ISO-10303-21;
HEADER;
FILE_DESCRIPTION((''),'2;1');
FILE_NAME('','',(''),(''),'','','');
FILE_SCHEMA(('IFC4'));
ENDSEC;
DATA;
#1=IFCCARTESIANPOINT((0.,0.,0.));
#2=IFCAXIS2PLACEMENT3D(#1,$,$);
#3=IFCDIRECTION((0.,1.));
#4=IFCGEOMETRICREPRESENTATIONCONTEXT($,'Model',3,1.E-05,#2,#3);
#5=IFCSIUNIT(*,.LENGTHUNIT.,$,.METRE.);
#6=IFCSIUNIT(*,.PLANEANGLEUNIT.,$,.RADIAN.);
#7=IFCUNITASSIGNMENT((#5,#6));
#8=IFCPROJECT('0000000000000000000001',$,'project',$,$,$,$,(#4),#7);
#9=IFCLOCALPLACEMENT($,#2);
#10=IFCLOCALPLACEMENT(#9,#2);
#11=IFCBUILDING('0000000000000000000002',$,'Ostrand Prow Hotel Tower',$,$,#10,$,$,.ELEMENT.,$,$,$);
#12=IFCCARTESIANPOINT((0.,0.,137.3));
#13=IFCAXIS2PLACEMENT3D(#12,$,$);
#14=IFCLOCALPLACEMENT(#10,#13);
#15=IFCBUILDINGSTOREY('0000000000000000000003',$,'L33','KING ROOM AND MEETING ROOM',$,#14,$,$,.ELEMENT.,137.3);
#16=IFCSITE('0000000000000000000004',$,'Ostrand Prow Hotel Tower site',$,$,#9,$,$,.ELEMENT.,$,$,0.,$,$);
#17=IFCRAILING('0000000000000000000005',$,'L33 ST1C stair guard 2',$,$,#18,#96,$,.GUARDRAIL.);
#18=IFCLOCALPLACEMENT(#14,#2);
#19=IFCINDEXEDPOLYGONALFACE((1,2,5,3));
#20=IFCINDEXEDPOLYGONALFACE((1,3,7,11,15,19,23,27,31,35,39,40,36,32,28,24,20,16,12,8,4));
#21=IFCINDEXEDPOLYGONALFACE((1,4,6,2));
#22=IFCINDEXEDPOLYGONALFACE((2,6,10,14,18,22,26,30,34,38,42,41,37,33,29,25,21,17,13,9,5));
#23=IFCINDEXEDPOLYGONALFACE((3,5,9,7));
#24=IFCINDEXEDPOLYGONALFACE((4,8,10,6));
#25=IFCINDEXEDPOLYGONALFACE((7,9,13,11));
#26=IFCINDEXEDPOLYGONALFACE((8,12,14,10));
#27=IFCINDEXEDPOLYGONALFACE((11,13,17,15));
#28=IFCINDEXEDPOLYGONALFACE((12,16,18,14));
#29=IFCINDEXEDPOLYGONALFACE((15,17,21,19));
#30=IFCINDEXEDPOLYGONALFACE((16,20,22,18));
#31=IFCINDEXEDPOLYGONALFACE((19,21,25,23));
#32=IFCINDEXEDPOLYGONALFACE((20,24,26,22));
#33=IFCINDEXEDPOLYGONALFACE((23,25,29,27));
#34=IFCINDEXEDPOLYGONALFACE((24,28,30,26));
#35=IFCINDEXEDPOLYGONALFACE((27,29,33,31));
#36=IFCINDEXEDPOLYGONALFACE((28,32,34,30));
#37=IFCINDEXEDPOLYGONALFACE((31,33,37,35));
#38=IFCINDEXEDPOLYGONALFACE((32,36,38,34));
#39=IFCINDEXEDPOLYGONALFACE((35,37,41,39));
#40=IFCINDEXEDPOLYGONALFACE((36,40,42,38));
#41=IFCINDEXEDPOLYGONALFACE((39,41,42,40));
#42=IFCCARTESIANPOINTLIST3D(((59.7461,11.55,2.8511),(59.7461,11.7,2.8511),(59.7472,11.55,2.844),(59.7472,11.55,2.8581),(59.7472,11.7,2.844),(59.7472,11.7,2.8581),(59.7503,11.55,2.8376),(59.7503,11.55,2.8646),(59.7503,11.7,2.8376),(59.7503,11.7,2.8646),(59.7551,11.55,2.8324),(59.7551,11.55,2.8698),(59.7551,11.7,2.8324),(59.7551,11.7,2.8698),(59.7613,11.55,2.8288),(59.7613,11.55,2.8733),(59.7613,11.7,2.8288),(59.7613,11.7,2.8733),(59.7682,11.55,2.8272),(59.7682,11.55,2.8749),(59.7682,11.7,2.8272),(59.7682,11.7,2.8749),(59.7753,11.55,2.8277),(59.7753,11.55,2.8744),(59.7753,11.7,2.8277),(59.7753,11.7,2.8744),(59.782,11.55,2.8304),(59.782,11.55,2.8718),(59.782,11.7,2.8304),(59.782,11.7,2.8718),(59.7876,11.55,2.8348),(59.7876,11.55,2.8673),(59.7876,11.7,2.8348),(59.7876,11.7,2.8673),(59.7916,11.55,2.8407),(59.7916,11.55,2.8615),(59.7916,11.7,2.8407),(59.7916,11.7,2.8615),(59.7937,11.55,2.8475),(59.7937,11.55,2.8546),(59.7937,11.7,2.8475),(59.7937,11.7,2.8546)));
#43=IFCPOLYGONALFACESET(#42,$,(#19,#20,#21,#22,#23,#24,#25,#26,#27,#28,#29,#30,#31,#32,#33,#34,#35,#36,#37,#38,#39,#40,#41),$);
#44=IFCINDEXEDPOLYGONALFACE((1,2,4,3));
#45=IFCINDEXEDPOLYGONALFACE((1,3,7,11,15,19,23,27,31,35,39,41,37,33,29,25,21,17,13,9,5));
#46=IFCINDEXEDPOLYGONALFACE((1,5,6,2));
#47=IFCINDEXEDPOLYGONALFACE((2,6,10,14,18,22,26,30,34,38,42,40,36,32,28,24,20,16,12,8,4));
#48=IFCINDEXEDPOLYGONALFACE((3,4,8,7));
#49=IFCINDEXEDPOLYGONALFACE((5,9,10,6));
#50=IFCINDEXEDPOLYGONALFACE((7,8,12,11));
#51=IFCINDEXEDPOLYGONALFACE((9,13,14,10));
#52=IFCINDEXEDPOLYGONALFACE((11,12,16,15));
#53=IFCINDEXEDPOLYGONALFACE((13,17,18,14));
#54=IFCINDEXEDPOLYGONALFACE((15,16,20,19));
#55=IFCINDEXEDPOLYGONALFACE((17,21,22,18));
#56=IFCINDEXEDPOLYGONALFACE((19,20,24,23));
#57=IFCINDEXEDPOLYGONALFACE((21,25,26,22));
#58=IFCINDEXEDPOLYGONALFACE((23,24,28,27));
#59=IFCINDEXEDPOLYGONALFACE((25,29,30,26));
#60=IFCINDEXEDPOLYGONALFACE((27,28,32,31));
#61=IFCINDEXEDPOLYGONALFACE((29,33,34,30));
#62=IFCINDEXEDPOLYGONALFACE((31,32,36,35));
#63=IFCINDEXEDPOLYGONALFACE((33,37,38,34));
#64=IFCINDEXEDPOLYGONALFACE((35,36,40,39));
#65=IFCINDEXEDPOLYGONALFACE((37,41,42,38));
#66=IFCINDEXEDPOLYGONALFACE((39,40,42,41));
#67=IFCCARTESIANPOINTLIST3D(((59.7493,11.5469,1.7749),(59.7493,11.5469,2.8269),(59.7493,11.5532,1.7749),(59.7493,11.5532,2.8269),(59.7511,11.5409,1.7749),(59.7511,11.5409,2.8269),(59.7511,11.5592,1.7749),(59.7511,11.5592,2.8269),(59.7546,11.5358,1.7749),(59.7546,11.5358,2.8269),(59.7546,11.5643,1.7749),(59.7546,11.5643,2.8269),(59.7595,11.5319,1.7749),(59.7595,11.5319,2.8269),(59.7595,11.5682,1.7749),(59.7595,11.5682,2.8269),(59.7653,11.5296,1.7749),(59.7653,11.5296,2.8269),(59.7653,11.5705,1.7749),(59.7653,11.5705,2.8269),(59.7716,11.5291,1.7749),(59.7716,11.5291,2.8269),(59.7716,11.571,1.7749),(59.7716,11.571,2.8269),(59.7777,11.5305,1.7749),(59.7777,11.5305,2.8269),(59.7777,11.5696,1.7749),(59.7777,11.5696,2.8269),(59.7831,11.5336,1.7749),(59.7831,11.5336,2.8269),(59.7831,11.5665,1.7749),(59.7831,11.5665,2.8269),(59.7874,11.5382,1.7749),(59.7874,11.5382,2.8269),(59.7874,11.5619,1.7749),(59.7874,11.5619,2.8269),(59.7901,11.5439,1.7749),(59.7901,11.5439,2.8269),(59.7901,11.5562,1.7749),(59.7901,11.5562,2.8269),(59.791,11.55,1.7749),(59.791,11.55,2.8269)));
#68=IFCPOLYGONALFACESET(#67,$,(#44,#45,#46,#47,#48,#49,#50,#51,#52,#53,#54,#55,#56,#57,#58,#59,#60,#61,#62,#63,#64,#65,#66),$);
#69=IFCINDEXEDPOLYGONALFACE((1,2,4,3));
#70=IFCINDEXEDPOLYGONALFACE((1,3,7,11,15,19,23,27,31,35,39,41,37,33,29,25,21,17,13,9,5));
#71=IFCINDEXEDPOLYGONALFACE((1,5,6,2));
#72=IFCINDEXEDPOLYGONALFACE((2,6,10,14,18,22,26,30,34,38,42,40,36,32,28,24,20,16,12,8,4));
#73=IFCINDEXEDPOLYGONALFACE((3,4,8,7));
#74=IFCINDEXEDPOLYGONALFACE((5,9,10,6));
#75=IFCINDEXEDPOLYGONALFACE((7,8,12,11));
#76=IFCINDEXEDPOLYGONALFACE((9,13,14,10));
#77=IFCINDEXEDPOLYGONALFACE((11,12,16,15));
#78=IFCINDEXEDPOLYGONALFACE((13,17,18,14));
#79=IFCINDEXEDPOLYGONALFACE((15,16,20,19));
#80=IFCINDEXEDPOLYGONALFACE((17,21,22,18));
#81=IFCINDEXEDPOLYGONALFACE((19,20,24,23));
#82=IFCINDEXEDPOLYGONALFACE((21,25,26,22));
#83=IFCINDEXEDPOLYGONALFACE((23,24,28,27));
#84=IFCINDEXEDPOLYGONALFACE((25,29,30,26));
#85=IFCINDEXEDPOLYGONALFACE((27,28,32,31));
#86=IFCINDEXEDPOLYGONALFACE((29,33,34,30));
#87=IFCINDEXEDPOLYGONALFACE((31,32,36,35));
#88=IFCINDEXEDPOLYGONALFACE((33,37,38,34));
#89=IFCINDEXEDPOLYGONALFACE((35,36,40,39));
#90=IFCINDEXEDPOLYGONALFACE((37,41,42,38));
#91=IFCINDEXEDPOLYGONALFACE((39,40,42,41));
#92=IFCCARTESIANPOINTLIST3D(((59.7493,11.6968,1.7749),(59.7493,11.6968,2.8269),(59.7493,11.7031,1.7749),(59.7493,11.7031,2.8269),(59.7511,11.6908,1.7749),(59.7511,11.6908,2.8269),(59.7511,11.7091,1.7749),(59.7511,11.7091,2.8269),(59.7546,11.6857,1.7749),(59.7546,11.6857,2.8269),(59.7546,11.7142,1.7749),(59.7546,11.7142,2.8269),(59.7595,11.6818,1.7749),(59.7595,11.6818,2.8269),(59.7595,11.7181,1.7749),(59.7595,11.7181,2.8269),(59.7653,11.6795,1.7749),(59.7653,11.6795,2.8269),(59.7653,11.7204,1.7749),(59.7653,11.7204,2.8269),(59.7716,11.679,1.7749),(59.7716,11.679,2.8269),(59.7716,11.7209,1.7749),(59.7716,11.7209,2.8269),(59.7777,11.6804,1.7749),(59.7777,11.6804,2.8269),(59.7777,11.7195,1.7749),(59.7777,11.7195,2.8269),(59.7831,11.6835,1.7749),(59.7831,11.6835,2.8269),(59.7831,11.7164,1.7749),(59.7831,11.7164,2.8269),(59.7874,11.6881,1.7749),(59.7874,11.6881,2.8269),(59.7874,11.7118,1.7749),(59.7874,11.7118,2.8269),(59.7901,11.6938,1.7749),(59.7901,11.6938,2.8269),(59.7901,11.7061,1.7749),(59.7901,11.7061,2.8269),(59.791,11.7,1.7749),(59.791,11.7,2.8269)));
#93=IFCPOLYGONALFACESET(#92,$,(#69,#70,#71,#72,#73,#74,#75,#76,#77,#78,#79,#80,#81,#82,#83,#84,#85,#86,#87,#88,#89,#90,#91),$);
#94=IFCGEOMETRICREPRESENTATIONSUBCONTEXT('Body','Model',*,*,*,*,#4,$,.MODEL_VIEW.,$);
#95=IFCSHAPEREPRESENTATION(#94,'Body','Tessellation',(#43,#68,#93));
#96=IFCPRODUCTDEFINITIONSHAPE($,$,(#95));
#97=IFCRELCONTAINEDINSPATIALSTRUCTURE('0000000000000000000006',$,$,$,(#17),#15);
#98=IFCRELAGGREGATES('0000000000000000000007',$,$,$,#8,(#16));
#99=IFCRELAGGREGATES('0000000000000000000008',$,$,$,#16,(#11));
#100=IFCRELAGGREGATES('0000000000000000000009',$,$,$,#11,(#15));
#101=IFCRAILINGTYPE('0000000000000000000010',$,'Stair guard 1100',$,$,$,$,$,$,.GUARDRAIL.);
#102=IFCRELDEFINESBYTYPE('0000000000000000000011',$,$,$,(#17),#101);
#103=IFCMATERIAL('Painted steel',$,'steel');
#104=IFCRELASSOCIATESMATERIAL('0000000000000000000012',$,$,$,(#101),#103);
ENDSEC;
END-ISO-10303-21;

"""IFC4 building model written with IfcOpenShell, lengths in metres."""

from ifc_helpers import new_model, si_unit, direction, frame, origin, origin_2d, place, context, subcontext, project, spatial, circle, extrude, material, type_object, element, save


model = new_model("IFC4")

# Units and contexts
model_context = context("Model", 3, precision=1e-05, world=origin(), true_north=direction((0.0, 1.0)))
body_context = subcontext(model_context, "Body", "Model", "MODEL_VIEW")
ifc_project = project(units=[si_unit("LENGTHUNIT", "METRE"), si_unit("PLANEANGLEUNIT", "RADIAN")], contexts=[model_context])

# Site, building, storey
site_placement = place(None, origin())
site = spatial("IfcSite", under=ifc_project, at=site_placement, Name="Ostrand Prow Hotel Tower site", CompositionType="ELEMENT", RefElevation=0.0)
building_placement = place(site_placement, origin())
building = spatial("IfcBuilding", under=site, at=building_placement, Name="Ostrand Prow Hotel Tower", CompositionType="ELEMENT")
storey_placement = place(building_placement, frame((0.0, 0.0, 137.3)))
storey = spatial("IfcBuildingStorey", under=building, at=storey_placement, Name="L33", Description="KING ROOM AND MEETING ROOM", CompositionType="ELEMENT", Elevation=137.3)

# Railing
ifc_material_1 = material(Name="Painted steel", Category="steel")
railing_type_1 = type_object("IfcRailingType", Name="Stair guard 1100", PredefinedType="GUARDRAIL", material=ifc_material_1)
railing_1_placement = place(storey_placement, frame((59.77, 11.55, 1.7749)))
element("IfcRailing", 1, at=railing_1_placement, inside=storey, type_object=railing_type_1, Name="L33 ST1C stair guard 2", PredefinedType="GUARDRAIL", context=body_context, shape_type="SweptSolid", body=[
    extrude(circle(Radius=0.0239, at=origin_2d()), frame((0.0, 0.0, 1.0762), z_axis=(0.0, 1.0, 0.0), x_axis=(-1.0, 0.0, 0.0)), (0.0, 0.0, 1.0), 0.1499),
    extrude(circle(Radius=0.021, at=origin_2d()), origin(), (0.0, 0.0, 1.0), 1.052),
    extrude(circle(Radius=0.021, at=origin_2d()), frame((0.0, 0.1499, 0.0)), (0.0, 0.0, 1.0), 1.052),
])

save(model, "model.ifc")
